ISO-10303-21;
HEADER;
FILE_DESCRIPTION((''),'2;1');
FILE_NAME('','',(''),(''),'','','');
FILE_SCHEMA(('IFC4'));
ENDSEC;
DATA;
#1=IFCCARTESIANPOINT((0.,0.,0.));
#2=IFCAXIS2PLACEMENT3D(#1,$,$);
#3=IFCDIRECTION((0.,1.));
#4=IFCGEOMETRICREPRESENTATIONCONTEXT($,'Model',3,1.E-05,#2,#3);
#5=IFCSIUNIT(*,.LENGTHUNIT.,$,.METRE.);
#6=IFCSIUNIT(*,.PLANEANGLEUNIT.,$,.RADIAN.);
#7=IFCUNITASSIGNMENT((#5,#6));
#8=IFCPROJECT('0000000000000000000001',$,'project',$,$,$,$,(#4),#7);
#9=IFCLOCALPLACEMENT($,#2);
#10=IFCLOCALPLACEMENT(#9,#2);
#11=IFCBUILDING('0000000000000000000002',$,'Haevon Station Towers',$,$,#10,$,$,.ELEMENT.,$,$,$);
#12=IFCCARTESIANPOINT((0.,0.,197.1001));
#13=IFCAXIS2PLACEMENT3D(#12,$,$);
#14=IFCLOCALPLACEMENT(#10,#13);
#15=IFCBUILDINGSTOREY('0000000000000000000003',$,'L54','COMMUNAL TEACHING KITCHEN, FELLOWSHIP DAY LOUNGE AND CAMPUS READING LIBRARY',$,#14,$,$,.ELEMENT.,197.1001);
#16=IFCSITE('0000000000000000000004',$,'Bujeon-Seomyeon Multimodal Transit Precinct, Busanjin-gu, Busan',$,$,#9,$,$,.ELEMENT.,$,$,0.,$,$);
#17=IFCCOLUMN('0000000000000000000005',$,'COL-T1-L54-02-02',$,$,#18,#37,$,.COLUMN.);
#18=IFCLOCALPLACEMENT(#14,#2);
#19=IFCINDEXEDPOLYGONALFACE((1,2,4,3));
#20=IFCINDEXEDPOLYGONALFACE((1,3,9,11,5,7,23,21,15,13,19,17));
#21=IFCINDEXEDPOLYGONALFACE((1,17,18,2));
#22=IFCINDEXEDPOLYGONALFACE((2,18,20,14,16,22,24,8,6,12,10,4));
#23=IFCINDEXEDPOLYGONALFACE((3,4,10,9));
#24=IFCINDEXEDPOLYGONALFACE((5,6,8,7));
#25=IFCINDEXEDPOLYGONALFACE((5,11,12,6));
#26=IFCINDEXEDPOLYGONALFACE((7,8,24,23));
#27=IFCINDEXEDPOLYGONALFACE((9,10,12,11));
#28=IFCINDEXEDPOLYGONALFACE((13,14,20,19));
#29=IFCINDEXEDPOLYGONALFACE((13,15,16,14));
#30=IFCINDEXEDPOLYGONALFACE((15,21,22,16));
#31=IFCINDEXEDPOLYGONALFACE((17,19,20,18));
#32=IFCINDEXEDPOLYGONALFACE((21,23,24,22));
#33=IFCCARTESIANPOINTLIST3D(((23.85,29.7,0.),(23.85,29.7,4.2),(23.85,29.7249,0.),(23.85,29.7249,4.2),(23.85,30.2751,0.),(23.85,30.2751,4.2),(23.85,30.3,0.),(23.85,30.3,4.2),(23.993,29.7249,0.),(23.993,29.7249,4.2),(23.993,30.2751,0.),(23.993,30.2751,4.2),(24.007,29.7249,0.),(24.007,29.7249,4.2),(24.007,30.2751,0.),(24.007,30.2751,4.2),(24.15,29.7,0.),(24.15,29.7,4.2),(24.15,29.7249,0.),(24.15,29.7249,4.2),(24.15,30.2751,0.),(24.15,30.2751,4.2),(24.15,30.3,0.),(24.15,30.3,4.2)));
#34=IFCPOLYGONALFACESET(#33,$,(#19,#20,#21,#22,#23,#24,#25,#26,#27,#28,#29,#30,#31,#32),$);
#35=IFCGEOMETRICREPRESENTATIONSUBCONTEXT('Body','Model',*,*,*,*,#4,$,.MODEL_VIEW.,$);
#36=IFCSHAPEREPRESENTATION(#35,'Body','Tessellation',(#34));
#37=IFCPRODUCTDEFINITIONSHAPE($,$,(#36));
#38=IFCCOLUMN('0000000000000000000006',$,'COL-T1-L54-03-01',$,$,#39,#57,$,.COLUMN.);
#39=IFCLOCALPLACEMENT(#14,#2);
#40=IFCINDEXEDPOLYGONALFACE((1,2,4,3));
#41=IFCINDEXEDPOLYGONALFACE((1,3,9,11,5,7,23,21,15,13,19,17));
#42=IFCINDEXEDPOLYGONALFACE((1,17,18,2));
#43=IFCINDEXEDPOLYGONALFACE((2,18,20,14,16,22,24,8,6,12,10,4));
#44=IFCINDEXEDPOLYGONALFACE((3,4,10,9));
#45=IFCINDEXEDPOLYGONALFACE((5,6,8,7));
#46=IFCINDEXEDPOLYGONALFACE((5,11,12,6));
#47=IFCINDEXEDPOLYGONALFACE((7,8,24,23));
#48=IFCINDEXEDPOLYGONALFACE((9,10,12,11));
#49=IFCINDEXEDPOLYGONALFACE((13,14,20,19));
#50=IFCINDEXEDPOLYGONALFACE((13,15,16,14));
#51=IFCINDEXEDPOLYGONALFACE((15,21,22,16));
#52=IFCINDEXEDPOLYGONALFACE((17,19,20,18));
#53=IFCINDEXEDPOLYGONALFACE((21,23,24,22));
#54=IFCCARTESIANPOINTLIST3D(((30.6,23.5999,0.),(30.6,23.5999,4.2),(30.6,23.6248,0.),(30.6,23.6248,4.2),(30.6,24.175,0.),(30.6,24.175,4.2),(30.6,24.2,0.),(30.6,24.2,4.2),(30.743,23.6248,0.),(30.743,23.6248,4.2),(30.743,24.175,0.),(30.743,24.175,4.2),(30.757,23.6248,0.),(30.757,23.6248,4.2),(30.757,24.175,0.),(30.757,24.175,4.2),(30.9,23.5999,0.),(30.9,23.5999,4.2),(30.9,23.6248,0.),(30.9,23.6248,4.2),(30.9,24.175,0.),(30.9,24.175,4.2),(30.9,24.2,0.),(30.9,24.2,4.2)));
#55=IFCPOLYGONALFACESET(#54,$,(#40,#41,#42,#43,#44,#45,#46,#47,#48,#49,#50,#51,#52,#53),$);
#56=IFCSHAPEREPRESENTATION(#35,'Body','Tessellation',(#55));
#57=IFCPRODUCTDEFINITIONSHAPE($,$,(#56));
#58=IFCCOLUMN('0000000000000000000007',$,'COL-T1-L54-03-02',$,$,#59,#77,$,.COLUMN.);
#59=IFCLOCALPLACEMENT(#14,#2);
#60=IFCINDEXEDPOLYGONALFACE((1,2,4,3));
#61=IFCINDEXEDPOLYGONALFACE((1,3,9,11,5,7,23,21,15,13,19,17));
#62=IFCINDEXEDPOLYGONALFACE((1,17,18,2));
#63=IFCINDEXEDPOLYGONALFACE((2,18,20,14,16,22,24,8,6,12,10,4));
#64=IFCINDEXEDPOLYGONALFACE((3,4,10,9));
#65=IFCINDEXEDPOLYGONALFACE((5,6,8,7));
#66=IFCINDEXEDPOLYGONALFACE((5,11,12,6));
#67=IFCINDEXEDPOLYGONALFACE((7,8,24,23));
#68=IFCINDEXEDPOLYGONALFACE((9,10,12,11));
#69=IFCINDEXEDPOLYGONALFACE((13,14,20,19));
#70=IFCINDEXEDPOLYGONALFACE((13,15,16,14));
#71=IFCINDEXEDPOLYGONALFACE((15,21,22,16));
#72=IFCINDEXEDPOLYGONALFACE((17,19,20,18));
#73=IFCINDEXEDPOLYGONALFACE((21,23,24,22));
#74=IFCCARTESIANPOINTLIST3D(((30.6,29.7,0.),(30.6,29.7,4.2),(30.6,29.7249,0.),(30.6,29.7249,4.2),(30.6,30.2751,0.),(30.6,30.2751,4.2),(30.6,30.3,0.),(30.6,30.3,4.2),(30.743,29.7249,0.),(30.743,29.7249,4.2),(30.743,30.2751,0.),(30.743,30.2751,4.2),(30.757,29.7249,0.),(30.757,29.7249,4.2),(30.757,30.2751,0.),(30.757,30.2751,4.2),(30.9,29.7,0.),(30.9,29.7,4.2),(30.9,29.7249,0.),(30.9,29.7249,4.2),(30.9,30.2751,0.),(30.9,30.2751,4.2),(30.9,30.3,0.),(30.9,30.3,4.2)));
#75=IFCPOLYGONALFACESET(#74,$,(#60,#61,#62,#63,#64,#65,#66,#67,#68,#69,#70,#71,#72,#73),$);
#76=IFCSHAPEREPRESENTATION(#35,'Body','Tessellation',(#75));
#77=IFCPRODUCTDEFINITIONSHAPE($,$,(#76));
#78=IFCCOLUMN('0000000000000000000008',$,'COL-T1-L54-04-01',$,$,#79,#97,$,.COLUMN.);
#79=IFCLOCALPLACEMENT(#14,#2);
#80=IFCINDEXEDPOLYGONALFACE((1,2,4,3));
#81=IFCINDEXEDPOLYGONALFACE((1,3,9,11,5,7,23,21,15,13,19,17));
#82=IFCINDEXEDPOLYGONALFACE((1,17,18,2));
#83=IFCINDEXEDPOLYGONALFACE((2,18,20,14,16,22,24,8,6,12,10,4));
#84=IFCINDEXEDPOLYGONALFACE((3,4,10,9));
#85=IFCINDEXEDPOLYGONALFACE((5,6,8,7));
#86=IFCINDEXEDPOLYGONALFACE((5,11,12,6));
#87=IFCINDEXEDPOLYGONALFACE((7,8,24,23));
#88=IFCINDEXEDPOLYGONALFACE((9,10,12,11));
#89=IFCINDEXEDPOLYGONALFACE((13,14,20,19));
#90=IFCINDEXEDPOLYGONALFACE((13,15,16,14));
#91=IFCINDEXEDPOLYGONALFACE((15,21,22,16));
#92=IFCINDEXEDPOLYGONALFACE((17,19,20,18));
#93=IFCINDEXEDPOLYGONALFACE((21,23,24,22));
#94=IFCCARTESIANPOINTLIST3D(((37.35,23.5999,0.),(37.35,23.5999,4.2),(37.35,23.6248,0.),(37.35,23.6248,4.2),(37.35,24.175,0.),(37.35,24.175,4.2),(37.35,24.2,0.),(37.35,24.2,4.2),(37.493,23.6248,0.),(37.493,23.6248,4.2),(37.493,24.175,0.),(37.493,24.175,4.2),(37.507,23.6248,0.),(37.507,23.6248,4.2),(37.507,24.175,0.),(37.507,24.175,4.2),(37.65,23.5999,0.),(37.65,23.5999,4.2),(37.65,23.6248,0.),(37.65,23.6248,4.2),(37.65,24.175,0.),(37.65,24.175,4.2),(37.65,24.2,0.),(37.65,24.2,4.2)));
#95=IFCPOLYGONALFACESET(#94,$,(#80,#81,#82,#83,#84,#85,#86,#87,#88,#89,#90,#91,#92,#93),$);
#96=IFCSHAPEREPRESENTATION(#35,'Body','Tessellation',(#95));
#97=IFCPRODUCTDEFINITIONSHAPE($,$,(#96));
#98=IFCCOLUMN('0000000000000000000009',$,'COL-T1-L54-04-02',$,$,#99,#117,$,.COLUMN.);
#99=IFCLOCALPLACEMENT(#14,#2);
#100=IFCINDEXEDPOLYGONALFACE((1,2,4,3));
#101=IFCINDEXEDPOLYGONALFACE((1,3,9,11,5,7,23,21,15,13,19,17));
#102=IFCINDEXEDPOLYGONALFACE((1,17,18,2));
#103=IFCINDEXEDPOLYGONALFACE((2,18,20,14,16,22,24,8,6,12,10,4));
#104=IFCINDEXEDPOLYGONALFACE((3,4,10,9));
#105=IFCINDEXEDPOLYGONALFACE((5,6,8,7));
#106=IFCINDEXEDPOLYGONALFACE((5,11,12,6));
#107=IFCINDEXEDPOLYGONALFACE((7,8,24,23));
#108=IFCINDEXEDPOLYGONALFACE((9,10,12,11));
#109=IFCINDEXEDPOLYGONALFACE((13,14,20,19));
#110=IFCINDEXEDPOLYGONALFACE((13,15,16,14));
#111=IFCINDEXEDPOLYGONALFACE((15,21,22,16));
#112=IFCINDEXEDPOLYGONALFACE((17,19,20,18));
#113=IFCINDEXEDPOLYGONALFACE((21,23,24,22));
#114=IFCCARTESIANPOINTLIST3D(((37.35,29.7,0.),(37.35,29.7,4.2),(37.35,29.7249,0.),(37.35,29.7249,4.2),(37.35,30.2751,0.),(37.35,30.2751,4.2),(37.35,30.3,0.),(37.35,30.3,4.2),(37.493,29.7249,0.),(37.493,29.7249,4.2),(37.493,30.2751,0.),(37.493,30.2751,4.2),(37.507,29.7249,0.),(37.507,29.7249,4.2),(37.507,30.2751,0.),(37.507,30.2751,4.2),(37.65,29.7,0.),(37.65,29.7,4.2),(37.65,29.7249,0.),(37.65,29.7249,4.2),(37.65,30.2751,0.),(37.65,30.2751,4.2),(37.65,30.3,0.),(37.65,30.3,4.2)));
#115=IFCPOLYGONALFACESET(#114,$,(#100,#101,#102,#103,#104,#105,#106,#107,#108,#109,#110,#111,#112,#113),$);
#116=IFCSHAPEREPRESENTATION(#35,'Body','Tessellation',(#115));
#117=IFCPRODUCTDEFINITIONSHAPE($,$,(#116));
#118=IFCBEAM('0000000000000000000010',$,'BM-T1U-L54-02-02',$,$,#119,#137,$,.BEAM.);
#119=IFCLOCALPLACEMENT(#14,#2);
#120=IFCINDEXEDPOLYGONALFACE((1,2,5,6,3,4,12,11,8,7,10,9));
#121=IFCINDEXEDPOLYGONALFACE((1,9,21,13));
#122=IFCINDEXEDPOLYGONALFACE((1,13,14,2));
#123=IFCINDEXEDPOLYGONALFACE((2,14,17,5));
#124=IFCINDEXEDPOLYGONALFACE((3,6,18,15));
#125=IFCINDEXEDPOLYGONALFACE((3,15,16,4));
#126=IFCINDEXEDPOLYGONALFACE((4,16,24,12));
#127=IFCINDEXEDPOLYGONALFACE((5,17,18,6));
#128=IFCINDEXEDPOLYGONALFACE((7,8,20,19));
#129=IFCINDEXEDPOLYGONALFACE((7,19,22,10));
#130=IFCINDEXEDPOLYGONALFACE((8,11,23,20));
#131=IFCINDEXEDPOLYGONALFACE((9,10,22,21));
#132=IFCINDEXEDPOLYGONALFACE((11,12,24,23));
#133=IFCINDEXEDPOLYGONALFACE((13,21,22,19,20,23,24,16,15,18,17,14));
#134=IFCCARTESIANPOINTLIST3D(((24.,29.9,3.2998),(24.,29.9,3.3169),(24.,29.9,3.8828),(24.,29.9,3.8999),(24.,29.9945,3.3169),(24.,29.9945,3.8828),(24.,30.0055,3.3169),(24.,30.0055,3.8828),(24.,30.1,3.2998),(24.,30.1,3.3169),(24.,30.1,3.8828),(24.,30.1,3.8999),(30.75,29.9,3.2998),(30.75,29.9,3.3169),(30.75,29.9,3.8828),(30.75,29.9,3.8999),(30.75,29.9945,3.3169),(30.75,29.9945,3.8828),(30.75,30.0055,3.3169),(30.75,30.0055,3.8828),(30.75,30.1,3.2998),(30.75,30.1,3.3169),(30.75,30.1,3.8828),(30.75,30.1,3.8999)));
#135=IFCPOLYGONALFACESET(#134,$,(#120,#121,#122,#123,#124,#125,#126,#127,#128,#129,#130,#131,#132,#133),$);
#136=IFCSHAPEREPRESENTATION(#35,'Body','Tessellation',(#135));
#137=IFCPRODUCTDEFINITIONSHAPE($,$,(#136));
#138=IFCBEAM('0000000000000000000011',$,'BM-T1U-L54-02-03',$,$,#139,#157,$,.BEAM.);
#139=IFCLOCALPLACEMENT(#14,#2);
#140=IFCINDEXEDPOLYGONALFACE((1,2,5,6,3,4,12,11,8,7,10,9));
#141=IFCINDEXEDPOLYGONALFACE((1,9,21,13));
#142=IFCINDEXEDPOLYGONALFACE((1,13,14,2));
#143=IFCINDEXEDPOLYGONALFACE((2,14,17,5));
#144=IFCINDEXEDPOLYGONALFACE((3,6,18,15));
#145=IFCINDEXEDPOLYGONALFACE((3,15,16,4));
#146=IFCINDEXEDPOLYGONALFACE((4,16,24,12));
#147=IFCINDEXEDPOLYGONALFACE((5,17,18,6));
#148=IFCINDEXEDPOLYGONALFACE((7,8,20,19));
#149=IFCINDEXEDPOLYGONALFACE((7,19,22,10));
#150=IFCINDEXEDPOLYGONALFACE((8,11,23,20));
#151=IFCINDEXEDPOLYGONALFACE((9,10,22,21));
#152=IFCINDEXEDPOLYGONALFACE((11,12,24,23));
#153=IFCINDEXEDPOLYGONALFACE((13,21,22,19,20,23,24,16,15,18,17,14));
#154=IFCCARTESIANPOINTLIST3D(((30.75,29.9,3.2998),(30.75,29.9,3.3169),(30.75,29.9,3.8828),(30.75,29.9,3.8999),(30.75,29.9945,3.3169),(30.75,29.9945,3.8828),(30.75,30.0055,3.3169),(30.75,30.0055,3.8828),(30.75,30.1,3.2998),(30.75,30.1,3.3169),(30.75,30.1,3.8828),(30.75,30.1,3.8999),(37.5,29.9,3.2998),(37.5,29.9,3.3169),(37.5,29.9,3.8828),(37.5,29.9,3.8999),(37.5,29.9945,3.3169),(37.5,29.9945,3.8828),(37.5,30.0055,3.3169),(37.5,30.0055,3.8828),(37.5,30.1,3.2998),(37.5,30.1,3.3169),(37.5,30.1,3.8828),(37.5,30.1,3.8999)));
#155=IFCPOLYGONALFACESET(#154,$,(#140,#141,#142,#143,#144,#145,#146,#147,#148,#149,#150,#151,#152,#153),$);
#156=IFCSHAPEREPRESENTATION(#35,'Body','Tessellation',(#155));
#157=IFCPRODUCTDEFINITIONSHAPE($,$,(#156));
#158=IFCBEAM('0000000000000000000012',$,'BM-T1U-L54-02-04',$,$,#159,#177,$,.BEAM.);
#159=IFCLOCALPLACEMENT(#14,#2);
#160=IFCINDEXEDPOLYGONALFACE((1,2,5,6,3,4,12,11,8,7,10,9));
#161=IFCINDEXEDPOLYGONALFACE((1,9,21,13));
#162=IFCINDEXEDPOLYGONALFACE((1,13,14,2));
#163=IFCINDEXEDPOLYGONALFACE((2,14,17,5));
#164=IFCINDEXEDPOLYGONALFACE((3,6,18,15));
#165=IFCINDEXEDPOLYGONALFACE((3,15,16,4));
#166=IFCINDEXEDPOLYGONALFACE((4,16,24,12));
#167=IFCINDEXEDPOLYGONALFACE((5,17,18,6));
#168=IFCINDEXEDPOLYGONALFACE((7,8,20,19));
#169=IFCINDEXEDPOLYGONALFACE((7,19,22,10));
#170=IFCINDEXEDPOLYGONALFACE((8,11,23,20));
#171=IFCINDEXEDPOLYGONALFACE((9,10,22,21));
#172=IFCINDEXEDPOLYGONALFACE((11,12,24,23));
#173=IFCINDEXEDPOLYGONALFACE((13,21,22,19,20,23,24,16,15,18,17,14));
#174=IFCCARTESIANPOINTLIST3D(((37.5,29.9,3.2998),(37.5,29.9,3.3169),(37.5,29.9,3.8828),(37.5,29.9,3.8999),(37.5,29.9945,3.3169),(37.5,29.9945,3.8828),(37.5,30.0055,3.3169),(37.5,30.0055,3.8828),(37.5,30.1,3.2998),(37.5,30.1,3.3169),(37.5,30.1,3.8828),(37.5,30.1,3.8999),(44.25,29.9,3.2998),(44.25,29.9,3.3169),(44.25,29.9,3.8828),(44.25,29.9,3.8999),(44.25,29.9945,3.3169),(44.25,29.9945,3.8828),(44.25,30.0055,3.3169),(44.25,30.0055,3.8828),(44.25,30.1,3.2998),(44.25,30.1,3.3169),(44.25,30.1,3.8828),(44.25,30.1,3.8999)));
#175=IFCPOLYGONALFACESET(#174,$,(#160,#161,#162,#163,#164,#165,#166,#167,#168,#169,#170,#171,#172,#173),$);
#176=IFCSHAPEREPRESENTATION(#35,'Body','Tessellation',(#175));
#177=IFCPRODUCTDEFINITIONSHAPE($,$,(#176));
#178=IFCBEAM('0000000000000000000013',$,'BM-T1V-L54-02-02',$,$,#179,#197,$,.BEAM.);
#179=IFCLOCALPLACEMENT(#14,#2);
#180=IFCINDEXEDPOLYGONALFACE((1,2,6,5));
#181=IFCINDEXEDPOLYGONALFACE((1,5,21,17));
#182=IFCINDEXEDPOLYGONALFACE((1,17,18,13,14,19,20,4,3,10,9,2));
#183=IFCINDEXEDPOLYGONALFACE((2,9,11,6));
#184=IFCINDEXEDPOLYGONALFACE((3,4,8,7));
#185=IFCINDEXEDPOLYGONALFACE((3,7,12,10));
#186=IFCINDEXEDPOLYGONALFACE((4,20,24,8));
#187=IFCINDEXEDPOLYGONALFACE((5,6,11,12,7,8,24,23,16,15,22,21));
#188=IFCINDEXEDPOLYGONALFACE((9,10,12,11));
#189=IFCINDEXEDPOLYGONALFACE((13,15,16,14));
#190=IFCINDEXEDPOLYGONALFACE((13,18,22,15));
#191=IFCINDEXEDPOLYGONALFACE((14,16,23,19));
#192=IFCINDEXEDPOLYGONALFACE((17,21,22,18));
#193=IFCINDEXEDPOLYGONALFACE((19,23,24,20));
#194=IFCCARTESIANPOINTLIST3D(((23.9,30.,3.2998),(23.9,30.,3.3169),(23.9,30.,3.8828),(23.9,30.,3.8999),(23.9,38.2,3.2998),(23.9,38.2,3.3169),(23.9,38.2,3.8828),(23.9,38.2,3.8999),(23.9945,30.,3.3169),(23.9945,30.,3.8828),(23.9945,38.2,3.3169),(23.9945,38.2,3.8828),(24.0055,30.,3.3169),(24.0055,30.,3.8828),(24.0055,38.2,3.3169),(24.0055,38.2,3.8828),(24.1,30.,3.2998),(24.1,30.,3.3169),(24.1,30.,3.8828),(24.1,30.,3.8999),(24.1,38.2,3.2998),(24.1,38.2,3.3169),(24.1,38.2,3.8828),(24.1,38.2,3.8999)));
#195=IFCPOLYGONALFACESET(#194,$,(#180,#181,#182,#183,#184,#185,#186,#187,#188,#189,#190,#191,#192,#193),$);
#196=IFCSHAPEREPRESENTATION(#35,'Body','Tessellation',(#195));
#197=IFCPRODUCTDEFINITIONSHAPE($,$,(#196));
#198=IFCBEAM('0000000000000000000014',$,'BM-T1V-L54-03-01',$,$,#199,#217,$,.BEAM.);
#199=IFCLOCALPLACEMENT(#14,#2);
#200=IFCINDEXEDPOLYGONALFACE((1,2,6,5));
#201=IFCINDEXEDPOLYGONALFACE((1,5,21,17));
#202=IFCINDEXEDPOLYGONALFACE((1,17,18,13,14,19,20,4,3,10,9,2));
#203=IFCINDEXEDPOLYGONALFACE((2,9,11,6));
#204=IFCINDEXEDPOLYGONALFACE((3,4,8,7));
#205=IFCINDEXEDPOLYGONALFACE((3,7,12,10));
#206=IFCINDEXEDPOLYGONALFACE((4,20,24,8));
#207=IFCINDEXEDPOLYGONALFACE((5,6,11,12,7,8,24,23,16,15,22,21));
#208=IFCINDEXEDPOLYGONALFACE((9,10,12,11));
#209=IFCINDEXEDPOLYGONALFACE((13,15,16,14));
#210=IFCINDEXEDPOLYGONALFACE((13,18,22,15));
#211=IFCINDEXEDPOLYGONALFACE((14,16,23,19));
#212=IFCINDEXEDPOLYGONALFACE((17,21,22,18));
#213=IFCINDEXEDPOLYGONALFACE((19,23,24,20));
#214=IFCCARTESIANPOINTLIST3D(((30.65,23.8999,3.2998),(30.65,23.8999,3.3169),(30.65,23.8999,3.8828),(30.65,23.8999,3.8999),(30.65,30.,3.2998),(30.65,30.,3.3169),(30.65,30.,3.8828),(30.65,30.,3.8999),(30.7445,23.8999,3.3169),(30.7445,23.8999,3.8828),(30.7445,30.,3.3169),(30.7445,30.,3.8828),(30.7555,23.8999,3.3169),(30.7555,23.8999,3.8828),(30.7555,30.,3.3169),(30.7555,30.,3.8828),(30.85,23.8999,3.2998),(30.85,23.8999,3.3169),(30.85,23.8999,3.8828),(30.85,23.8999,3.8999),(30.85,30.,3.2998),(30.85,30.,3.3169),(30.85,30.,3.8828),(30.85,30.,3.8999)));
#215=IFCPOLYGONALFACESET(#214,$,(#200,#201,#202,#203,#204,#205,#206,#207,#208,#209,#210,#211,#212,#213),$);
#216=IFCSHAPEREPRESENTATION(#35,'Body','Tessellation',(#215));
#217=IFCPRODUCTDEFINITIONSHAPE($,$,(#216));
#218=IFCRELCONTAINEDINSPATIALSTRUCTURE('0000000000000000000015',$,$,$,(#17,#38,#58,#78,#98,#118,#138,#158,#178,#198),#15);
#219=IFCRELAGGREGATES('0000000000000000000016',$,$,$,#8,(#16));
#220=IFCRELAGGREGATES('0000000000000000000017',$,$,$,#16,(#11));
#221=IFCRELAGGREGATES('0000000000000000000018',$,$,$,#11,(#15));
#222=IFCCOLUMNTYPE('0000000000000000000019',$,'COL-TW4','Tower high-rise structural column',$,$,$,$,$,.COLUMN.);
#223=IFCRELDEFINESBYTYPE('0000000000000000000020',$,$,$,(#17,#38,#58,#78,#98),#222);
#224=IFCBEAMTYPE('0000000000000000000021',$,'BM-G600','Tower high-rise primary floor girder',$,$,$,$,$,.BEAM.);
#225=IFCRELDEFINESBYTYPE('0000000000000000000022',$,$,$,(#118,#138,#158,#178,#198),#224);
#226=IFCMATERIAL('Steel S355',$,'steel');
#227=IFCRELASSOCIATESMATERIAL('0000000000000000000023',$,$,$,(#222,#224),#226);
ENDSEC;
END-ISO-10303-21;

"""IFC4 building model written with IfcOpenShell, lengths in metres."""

from ifc_helpers import new_model, si_unit, direction, frame, origin, origin_2d, place, context, subcontext, project, spatial, i_section, extrude, material, material_profile, profile_set, type_object, element, save


model = new_model("IFC4")

# Units and contexts
model_context = context("Model", 3, precision=1e-05, world=origin(), true_north=direction((0.0, 1.0)))
body_context = subcontext(model_context, "Body", "Model", "MODEL_VIEW")
ifc_project = project(units=[si_unit("LENGTHUNIT", "METRE"), si_unit("PLANEANGLEUNIT", "RADIAN")], contexts=[model_context])

# Site, building, storey
site_placement = place(None, origin())
site = spatial("IfcSite", under=ifc_project, at=site_placement, Name="Bujeon-Seomyeon Multimodal Transit Precinct, Busanjin-gu, Busan", CompositionType="ELEMENT", RefElevation=0.0)
building_placement = place(site_placement, origin())
building = spatial("IfcBuilding", under=site, at=building_placement, Name="Haevon Station Towers", CompositionType="ELEMENT")
storey_placement = place(building_placement, frame((0.0, 0.0, 197.1001)))
storey = spatial("IfcBuildingStorey", under=building, at=storey_placement, Name="L54", Description="COMMUNAL TEACHING KITCHEN, FELLOWSHIP DAY LOUNGE AND CAMPUS READING LIBRARY", CompositionType="ELEMENT", Elevation=197.1001)

# Columns
ifc_material_1 = material(Name="Steel S355", Category="steel")
ifc_material_profile_1 = material_profile(ifc_material_1, i_section(OverallWidth=0.3, OverallDepth=0.6001, WebThickness=0.0139, FlangeThickness=0.0249, at=origin_2d()), Name="H-600x300x14x25")
ifc_profile_set_1 = profile_set([ifc_material_profile_1], Name="Steel S355")
column_type = type_object("IfcColumnType", Name="COL-TW4", Description="Tower high-rise structural column", PredefinedType="COLUMN", material=ifc_profile_set_1)
for number, where, z_axis, x_axis, name in (
    (1, (24.0, 30.0, 0.0), (0.0, 0.0, 1.0), (1.0, 0.0, 0.0), "COL-T1-L54-02-02"),
    (2, (30.75, 23.8999, 0.0), (0.0, 0.0, 1.0), (1.0, 0.0, 0.0), "COL-T1-L54-03-01"),
    (3, (30.75, 30.0, 0.0), (0.0, 0.0, 1.0), (1.0, 0.0, 0.0), "COL-T1-L54-03-02"),
    (4, (37.5, 23.8999, 0.0), (0.0, 0.0, 1.0), (1.0, 0.0, 0.0), "COL-T1-L54-04-01"),
    (5, (37.5, 30.0, 0.0), (0.0, 0.0, 1.0), (1.0, 0.0, 0.0), "COL-T1-L54-04-02"),
):
    element("IfcColumn", number, at=place(storey_placement, frame(where, z_axis=z_axis, x_axis=x_axis)), inside=storey, type_object=column_type, Name=name, PredefinedType="COLUMN", context=body_context, shape_type="SweptSolid", body=[
        extrude(i_section(OverallWidth=0.3, OverallDepth=0.6001, WebThickness=0.0139, FlangeThickness=0.0249, at=origin_2d()), origin(), (0.0, 0.0, 1.0), 4.2),
    ])

# Beams
ifc_material_profile_2 = material_profile(ifc_material_1, i_section(OverallWidth=0.2, OverallDepth=0.6001, WebThickness=0.011, FlangeThickness=0.0171, at=origin_2d()), Name="H-600x200x11x17")
ifc_profile_set_2 = profile_set([ifc_material_profile_2], Name="Steel S355")
beam_type_1 = type_object("IfcBeamType", Name="BM-G600", Description="Tower high-rise primary floor girder", PredefinedType="BEAM", material=ifc_profile_set_2)
for number, where, z_axis, x_axis, name in (
    (6, (24.0, 30.0, 3.5999), (1.0, 0.0, 0.0), (0.0, 1.0, 0.0), "BM-T1U-L54-02-02"),
    (7, (30.75, 30.0, 3.5999), (1.0, 0.0, 0.0), (0.0, 1.0, 0.0), "BM-T1U-L54-02-03"),
    (8, (37.5, 30.0, 3.5999), (1.0, 0.0, 0.0), (0.0, 1.0, 0.0), "BM-T1U-L54-02-04"),
):
    element("IfcBeam", number, at=place(storey_placement, frame(where, z_axis=z_axis, x_axis=x_axis)), inside=storey, type_object=beam_type_1, Name=name, PredefinedType="BEAM", context=body_context, shape_type="SweptSolid", body=[
        extrude(i_section(OverallWidth=0.2, OverallDepth=0.6001, WebThickness=0.011, FlangeThickness=0.0171, at=origin_2d()), origin(), (0.0, 0.0, 1.0), 6.75),
    ])
beam_1_placement = place(storey_placement, frame((24.0, 30.0, 3.5999), z_axis=(0.0, 1.0, 0.0), x_axis=(-1.0, 0.0, 0.0)))
element("IfcBeam", 9, at=beam_1_placement, inside=storey, type_object=beam_type_1, Name="BM-T1V-L54-02-02", PredefinedType="BEAM", context=body_context, shape_type="SweptSolid", body=[
    extrude(i_section(OverallWidth=0.2, OverallDepth=0.6001, WebThickness=0.011, FlangeThickness=0.0171, at=origin_2d()), origin(), (0.0, 0.0, 1.0), 8.2),
])
beam_2_placement = place(storey_placement, frame((30.75, 23.8999, 3.5999), z_axis=(0.0, 1.0, 0.0), x_axis=(-1.0, 0.0, 0.0)))
element("IfcBeam", 10, at=beam_2_placement, inside=storey, type_object=beam_type_1, Name="BM-T1V-L54-03-01", PredefinedType="BEAM", context=body_context, shape_type="SweptSolid", body=[
    extrude(i_section(OverallWidth=0.2, OverallDepth=0.6001, WebThickness=0.011, FlangeThickness=0.0171, at=origin_2d()), origin(), (0.0, 0.0, 1.0), 6.1001),
])

save(model, "model.ifc")
